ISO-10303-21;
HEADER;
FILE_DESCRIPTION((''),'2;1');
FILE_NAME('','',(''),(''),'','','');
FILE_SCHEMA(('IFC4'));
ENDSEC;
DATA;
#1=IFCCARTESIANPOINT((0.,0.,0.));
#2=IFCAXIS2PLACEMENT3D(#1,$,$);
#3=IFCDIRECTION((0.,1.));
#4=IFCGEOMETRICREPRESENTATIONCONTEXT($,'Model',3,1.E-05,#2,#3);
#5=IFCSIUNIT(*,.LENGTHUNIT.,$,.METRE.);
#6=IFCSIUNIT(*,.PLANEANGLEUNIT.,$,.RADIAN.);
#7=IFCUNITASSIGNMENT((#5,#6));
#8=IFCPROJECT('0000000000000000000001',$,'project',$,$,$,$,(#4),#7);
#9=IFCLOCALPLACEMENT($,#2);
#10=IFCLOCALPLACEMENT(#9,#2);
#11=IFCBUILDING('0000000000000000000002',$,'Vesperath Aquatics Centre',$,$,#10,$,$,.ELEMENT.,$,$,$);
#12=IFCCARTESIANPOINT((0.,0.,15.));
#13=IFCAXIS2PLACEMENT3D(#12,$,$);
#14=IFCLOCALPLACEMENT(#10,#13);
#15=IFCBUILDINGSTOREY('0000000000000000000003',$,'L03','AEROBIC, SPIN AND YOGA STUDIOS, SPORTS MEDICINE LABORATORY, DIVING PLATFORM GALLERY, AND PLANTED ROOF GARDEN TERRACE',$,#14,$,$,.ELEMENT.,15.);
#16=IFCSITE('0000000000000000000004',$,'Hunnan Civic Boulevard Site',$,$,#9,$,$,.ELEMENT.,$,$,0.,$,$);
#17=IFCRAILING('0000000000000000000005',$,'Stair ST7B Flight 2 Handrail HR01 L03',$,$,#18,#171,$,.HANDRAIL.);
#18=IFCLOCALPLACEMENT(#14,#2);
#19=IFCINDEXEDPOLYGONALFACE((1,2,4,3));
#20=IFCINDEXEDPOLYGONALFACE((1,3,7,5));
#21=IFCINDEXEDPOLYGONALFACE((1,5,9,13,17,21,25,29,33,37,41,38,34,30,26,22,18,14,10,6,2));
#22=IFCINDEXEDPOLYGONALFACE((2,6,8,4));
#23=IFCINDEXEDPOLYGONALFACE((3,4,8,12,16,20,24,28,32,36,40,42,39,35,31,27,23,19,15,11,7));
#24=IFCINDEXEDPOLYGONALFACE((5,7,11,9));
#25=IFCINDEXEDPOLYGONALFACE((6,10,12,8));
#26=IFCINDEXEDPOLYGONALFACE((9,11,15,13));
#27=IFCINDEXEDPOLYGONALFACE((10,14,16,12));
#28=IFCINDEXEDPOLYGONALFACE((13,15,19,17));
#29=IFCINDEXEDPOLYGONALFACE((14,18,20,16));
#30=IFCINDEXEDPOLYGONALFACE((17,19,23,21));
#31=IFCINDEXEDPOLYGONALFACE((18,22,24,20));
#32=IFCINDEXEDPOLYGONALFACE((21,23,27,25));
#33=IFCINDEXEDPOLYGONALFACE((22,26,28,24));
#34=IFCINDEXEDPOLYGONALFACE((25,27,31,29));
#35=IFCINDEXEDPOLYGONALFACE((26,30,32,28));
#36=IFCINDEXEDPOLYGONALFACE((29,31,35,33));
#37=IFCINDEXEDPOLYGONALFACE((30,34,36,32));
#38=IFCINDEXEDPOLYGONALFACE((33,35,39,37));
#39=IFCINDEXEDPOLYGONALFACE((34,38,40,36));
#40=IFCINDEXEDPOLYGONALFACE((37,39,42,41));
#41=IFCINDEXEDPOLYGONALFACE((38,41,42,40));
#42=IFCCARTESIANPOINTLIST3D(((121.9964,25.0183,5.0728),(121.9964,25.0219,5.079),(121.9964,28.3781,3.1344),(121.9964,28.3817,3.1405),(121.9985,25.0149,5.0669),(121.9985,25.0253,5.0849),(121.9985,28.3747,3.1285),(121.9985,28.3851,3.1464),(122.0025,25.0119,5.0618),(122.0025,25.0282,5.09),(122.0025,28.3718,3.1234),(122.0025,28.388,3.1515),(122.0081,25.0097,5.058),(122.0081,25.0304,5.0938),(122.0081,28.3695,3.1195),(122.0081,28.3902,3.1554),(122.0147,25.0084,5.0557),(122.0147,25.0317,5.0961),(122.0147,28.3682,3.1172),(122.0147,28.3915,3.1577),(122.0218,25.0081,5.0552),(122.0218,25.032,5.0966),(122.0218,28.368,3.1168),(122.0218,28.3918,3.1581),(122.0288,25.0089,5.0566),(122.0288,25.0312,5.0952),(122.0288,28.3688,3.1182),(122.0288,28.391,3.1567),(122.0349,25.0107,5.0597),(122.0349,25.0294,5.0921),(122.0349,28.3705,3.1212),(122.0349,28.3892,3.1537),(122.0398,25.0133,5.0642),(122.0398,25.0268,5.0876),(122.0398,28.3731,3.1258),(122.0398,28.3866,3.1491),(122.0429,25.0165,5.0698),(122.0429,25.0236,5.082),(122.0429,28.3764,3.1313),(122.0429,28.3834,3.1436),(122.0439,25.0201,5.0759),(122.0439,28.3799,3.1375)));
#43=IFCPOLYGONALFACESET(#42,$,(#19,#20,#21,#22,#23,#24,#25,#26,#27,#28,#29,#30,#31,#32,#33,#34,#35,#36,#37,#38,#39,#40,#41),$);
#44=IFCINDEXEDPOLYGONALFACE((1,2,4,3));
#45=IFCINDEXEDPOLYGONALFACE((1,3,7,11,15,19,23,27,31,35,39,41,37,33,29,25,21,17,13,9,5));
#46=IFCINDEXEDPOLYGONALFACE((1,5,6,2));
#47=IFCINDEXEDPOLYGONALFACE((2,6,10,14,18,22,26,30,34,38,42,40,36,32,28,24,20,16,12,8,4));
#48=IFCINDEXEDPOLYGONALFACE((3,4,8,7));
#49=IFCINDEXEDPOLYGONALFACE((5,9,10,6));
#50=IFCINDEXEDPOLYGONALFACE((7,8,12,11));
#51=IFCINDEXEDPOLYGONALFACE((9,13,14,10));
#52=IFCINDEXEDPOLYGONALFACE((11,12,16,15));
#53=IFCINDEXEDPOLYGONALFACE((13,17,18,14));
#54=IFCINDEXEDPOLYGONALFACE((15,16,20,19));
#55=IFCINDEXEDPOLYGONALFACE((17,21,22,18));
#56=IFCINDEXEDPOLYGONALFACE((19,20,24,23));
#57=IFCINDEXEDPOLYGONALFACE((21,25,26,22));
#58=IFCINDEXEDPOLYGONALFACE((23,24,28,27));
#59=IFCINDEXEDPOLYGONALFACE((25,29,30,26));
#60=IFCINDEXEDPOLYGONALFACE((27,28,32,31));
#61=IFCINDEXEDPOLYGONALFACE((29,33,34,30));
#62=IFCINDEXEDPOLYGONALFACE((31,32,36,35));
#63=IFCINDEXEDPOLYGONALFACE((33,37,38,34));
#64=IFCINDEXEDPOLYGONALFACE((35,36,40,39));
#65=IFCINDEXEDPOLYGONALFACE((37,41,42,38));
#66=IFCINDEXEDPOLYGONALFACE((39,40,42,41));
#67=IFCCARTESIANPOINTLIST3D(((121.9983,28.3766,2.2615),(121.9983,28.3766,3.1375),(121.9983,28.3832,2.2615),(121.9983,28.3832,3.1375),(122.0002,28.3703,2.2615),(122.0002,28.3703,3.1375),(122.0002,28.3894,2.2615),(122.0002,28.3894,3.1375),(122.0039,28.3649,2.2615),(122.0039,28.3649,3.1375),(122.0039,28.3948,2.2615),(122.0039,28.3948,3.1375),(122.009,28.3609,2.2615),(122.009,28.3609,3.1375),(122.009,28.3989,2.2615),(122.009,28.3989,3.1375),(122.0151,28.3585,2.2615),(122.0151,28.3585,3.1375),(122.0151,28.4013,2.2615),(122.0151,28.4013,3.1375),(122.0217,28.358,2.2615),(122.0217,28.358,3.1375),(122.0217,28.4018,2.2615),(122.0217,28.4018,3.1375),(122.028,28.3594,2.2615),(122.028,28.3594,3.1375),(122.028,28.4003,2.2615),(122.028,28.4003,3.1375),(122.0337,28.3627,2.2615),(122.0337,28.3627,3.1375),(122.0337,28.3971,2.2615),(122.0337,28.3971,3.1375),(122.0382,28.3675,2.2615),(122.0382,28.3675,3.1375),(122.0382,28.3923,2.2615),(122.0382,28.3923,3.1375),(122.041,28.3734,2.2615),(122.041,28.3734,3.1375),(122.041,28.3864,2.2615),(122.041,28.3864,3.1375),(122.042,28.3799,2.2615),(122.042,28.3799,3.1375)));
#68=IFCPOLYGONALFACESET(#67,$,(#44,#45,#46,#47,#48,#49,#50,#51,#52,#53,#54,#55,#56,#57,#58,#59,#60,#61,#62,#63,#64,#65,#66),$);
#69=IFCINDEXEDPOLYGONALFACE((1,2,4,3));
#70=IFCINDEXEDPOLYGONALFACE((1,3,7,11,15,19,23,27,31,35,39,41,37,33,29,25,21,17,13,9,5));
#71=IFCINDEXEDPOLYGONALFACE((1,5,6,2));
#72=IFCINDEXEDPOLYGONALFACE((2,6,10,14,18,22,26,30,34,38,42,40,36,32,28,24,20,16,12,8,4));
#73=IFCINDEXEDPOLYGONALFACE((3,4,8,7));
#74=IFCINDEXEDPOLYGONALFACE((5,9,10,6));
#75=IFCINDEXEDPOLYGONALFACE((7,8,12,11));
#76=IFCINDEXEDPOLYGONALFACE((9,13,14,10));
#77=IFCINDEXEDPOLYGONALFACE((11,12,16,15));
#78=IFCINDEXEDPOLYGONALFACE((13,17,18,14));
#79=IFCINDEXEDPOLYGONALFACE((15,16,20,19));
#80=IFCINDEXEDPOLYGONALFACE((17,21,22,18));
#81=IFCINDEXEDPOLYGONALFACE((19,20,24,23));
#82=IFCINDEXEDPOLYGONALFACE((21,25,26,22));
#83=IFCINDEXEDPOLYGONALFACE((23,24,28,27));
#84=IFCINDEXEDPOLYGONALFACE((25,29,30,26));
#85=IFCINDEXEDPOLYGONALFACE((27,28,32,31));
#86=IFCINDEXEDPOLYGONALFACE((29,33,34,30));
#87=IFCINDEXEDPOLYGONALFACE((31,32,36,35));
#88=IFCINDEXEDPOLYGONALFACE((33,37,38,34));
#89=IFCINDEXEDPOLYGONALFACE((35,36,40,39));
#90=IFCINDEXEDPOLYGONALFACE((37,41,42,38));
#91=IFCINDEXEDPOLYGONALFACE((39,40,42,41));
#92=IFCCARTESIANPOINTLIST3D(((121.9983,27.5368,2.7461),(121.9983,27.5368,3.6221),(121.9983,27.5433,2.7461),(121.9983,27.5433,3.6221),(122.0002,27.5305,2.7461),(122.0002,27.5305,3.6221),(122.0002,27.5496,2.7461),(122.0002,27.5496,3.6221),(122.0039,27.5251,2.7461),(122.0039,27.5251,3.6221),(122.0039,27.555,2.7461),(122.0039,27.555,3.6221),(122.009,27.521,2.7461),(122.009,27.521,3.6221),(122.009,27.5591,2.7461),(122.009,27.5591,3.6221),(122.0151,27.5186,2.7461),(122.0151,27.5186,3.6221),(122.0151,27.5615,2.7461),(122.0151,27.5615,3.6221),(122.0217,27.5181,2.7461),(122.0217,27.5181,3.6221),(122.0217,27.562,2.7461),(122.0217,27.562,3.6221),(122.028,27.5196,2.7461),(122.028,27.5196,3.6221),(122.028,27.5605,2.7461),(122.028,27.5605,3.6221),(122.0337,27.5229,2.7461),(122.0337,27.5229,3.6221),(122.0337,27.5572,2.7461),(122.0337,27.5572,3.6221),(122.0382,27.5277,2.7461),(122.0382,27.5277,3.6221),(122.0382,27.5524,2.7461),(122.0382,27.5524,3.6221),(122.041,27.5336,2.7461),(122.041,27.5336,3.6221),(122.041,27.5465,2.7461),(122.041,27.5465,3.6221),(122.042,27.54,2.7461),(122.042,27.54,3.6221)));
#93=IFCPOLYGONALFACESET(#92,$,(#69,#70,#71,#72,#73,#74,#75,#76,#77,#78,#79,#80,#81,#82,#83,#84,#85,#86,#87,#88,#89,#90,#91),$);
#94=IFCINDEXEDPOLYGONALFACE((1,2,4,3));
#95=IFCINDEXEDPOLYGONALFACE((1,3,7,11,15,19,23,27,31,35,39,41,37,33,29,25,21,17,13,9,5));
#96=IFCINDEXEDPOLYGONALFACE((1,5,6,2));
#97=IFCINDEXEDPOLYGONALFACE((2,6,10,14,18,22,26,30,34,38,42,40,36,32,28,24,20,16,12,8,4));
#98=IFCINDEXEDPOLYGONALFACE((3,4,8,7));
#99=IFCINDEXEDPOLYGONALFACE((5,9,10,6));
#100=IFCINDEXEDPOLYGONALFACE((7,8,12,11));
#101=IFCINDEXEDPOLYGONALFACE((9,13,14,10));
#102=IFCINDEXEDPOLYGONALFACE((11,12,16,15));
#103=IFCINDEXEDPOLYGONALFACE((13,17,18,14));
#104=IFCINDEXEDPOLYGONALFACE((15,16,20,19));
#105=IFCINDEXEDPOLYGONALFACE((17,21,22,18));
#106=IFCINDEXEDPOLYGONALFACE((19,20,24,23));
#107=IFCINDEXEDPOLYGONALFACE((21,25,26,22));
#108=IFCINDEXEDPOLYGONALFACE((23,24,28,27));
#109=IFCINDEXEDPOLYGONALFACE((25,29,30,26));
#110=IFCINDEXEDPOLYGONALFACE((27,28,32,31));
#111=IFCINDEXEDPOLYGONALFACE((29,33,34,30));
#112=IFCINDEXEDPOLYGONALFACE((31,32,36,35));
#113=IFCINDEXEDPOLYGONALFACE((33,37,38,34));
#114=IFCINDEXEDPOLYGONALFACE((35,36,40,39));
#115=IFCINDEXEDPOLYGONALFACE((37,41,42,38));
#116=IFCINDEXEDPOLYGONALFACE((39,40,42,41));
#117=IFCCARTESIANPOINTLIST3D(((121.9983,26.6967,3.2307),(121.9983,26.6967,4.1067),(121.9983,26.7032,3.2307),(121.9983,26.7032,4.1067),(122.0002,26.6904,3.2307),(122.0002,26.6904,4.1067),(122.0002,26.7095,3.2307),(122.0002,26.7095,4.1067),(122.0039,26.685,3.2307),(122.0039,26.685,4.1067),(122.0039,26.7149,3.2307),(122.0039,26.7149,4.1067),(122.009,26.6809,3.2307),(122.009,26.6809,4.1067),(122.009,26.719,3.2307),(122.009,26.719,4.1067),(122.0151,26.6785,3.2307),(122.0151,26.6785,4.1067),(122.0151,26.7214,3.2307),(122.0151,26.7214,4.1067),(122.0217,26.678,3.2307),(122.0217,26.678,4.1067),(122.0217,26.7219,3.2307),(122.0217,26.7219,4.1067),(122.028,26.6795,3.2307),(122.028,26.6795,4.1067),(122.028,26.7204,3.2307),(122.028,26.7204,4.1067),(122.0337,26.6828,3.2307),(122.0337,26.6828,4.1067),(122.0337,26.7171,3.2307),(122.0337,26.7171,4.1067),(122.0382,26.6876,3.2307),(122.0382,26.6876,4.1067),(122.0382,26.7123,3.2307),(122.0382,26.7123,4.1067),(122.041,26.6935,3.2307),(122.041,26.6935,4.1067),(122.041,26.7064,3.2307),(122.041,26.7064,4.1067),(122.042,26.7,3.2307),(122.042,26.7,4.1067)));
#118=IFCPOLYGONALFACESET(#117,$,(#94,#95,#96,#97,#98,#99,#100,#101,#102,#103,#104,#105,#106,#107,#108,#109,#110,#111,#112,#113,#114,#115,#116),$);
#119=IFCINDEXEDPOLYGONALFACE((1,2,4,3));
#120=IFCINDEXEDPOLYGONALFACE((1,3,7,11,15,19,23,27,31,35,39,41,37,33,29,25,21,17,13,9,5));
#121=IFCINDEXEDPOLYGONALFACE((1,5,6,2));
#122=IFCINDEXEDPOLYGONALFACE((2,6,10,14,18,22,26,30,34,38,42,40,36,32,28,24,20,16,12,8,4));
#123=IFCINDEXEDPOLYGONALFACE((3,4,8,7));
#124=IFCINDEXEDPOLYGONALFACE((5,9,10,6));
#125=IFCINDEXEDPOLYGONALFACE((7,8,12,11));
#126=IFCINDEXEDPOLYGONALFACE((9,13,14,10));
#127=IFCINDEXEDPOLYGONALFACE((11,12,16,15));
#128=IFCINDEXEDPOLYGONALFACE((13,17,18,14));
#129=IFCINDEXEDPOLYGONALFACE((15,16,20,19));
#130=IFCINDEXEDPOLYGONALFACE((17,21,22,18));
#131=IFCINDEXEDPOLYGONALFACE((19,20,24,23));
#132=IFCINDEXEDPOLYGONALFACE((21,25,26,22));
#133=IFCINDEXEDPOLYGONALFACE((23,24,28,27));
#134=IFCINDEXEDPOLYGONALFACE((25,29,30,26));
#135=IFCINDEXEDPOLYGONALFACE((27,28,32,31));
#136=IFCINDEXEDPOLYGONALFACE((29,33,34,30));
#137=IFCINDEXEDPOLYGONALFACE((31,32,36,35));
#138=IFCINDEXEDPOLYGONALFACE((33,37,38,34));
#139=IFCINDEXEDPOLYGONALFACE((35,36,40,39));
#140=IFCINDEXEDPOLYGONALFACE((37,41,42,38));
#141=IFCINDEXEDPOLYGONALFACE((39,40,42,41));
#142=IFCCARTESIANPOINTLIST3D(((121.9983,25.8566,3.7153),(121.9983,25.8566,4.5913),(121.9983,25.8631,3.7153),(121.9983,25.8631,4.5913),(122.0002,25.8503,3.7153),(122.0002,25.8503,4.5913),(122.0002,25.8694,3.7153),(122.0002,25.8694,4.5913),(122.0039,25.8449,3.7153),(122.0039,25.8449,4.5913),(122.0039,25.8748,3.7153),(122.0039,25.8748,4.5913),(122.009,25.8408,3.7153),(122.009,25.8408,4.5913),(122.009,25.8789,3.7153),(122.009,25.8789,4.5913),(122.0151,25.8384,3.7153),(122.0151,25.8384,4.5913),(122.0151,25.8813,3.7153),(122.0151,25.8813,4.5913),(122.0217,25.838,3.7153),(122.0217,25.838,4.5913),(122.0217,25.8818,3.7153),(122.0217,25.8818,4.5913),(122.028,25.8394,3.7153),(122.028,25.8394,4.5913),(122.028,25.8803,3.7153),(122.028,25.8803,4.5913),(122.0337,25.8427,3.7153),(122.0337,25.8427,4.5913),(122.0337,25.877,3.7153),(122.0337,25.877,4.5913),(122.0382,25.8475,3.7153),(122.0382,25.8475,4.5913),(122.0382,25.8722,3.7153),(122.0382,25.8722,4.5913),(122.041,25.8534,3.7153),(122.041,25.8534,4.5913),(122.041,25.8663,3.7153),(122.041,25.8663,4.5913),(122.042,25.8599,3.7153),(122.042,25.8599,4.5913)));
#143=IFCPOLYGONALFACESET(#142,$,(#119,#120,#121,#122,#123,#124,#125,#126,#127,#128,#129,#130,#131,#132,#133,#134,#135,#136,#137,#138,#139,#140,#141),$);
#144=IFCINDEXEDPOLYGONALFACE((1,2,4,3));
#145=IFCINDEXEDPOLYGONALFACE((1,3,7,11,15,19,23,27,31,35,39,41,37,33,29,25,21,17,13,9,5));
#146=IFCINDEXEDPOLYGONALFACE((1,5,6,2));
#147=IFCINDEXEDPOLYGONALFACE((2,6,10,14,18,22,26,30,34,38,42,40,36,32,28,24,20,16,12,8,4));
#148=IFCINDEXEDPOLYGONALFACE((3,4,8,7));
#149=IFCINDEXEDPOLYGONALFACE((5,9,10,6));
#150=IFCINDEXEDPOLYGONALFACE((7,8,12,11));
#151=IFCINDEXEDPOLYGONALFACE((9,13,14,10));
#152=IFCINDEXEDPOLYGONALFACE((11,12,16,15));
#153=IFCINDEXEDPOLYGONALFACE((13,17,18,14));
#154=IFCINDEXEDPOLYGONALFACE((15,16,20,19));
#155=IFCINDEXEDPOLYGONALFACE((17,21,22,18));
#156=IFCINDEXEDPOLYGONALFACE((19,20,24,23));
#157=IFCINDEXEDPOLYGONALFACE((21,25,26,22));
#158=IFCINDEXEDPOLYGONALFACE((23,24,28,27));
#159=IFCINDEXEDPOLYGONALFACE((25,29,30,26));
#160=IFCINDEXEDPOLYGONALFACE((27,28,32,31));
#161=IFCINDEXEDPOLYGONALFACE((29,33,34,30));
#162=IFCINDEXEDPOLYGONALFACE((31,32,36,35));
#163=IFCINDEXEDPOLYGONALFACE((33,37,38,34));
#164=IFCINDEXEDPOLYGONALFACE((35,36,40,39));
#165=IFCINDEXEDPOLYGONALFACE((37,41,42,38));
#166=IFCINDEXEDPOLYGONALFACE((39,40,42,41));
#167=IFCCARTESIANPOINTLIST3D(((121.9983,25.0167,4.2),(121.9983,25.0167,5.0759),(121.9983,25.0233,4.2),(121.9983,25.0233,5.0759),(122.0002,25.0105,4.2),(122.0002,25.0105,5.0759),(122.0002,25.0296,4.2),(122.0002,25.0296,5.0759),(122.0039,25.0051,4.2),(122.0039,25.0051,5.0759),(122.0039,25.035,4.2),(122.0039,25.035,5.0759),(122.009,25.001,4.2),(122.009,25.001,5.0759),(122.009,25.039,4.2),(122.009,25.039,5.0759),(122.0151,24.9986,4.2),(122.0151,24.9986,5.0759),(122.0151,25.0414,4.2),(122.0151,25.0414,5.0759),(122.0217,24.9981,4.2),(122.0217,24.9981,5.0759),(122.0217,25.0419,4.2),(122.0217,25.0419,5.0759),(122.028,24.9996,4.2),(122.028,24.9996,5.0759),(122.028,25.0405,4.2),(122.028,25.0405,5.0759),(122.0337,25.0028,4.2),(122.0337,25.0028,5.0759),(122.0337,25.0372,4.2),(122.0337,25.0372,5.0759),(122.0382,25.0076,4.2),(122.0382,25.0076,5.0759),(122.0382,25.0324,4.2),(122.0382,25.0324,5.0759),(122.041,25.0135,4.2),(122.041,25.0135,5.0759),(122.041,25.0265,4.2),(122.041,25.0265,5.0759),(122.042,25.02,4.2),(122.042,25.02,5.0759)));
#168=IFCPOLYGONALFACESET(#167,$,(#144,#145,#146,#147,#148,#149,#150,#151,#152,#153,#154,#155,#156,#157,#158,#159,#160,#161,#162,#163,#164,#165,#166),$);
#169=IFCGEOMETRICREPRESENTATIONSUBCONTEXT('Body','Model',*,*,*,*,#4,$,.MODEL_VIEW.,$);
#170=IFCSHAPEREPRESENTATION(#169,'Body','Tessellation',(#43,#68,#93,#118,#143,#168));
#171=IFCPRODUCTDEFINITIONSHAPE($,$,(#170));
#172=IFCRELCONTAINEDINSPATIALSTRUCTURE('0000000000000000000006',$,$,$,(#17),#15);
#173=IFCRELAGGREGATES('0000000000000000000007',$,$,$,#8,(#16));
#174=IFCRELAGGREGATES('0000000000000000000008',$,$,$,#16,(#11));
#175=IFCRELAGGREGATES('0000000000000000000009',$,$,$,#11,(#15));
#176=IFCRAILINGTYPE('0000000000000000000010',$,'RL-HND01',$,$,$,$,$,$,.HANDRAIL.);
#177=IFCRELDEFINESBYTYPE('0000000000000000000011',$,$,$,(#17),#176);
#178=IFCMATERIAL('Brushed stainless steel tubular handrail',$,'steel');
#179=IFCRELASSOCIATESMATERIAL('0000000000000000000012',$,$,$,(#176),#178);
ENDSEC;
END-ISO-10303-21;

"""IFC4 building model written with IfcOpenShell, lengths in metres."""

from ifc_helpers import new_model, si_unit, direction, frame, origin, origin_2d, place, context, subcontext, project, spatial, circle, extrude, material, type_object, element, save


model = new_model("IFC4")

# Units and contexts
model_context = context("Model", 3, precision=1e-05, world=origin(), true_north=direction((0.0, 1.0)))
body_context = subcontext(model_context, "Body", "Model", "MODEL_VIEW")
ifc_project = project(units=[si_unit("LENGTHUNIT", "METRE"), si_unit("PLANEANGLEUNIT", "RADIAN")], contexts=[model_context])

# Site, building, storey
site_placement = place(None, origin())
site = spatial("IfcSite", under=ifc_project, at=site_placement, Name="Hunnan Civic Boulevard Site", CompositionType="ELEMENT", RefElevation=0.0)
building_placement = place(site_placement, origin())
building = spatial("IfcBuilding", under=site, at=building_placement, Name="Vesperath Aquatics Centre", CompositionType="ELEMENT")
storey_placement = place(building_placement, frame((0.0, 0.0, 15.0)))
storey = spatial("IfcBuildingStorey", under=building, at=storey_placement, Name="L03", Description="AEROBIC, SPIN AND YOGA STUDIOS, SPORTS MEDICINE LABORATORY, DIVING PLATFORM GALLERY, AND PLANTED ROOF GARDEN TERRACE", CompositionType="ELEMENT", Elevation=15.0)

# Railing
ifc_material_1 = material(Name="Brushed stainless steel tubular handrail", Category="steel")
railing_type_1 = type_object("IfcRailingType", Name="RL-HND01", PredefinedType="HANDRAIL", material=ifc_material_1)
railing_1_placement = place(storey_placement, frame((122.02, 28.3799, 2.2615)))
element("IfcRailing", 1, at=railing_1_placement, inside=storey, type_object=railing_type_1, Name="Stair ST7B Flight 2 Handrail HR01 L03", PredefinedType="HANDRAIL", context=body_context, shape_type="SweptSolid", body=[
    extrude(circle(Radius=0.0239, at=origin_2d()), frame((0.0, 0.0, 0.876), z_axis=(0.0, -0.866175, 0.499741), x_axis=(1.0, 0.0, 0.0)), (0.0, 0.0, 1.0), 3.8789),
    extrude(circle(Radius=0.022, at=origin_2d()), origin(), (0.0, 0.0, 1.0), 0.876),
    extrude(circle(Radius=0.022, at=origin_2d()), frame((0.0, -0.8398, 0.4846)), (0.0, 0.0, 1.0), 0.876),
    extrude(circle(Radius=0.022, at=origin_2d()), frame((0.0, -1.6799, 0.9692)), (0.0, 0.0, 1.0), 0.876),
    extrude(circle(Radius=0.022, at=origin_2d()), frame((0.0, -2.52, 1.4539)), (0.0, 0.0, 1.0), 0.876),
    extrude(circle(Radius=0.022, at=origin_2d()), frame((0.0, -3.3599, 1.9385)), (0.0, 0.0, 1.0), 0.876),
])

save(model, "model.ifc")
